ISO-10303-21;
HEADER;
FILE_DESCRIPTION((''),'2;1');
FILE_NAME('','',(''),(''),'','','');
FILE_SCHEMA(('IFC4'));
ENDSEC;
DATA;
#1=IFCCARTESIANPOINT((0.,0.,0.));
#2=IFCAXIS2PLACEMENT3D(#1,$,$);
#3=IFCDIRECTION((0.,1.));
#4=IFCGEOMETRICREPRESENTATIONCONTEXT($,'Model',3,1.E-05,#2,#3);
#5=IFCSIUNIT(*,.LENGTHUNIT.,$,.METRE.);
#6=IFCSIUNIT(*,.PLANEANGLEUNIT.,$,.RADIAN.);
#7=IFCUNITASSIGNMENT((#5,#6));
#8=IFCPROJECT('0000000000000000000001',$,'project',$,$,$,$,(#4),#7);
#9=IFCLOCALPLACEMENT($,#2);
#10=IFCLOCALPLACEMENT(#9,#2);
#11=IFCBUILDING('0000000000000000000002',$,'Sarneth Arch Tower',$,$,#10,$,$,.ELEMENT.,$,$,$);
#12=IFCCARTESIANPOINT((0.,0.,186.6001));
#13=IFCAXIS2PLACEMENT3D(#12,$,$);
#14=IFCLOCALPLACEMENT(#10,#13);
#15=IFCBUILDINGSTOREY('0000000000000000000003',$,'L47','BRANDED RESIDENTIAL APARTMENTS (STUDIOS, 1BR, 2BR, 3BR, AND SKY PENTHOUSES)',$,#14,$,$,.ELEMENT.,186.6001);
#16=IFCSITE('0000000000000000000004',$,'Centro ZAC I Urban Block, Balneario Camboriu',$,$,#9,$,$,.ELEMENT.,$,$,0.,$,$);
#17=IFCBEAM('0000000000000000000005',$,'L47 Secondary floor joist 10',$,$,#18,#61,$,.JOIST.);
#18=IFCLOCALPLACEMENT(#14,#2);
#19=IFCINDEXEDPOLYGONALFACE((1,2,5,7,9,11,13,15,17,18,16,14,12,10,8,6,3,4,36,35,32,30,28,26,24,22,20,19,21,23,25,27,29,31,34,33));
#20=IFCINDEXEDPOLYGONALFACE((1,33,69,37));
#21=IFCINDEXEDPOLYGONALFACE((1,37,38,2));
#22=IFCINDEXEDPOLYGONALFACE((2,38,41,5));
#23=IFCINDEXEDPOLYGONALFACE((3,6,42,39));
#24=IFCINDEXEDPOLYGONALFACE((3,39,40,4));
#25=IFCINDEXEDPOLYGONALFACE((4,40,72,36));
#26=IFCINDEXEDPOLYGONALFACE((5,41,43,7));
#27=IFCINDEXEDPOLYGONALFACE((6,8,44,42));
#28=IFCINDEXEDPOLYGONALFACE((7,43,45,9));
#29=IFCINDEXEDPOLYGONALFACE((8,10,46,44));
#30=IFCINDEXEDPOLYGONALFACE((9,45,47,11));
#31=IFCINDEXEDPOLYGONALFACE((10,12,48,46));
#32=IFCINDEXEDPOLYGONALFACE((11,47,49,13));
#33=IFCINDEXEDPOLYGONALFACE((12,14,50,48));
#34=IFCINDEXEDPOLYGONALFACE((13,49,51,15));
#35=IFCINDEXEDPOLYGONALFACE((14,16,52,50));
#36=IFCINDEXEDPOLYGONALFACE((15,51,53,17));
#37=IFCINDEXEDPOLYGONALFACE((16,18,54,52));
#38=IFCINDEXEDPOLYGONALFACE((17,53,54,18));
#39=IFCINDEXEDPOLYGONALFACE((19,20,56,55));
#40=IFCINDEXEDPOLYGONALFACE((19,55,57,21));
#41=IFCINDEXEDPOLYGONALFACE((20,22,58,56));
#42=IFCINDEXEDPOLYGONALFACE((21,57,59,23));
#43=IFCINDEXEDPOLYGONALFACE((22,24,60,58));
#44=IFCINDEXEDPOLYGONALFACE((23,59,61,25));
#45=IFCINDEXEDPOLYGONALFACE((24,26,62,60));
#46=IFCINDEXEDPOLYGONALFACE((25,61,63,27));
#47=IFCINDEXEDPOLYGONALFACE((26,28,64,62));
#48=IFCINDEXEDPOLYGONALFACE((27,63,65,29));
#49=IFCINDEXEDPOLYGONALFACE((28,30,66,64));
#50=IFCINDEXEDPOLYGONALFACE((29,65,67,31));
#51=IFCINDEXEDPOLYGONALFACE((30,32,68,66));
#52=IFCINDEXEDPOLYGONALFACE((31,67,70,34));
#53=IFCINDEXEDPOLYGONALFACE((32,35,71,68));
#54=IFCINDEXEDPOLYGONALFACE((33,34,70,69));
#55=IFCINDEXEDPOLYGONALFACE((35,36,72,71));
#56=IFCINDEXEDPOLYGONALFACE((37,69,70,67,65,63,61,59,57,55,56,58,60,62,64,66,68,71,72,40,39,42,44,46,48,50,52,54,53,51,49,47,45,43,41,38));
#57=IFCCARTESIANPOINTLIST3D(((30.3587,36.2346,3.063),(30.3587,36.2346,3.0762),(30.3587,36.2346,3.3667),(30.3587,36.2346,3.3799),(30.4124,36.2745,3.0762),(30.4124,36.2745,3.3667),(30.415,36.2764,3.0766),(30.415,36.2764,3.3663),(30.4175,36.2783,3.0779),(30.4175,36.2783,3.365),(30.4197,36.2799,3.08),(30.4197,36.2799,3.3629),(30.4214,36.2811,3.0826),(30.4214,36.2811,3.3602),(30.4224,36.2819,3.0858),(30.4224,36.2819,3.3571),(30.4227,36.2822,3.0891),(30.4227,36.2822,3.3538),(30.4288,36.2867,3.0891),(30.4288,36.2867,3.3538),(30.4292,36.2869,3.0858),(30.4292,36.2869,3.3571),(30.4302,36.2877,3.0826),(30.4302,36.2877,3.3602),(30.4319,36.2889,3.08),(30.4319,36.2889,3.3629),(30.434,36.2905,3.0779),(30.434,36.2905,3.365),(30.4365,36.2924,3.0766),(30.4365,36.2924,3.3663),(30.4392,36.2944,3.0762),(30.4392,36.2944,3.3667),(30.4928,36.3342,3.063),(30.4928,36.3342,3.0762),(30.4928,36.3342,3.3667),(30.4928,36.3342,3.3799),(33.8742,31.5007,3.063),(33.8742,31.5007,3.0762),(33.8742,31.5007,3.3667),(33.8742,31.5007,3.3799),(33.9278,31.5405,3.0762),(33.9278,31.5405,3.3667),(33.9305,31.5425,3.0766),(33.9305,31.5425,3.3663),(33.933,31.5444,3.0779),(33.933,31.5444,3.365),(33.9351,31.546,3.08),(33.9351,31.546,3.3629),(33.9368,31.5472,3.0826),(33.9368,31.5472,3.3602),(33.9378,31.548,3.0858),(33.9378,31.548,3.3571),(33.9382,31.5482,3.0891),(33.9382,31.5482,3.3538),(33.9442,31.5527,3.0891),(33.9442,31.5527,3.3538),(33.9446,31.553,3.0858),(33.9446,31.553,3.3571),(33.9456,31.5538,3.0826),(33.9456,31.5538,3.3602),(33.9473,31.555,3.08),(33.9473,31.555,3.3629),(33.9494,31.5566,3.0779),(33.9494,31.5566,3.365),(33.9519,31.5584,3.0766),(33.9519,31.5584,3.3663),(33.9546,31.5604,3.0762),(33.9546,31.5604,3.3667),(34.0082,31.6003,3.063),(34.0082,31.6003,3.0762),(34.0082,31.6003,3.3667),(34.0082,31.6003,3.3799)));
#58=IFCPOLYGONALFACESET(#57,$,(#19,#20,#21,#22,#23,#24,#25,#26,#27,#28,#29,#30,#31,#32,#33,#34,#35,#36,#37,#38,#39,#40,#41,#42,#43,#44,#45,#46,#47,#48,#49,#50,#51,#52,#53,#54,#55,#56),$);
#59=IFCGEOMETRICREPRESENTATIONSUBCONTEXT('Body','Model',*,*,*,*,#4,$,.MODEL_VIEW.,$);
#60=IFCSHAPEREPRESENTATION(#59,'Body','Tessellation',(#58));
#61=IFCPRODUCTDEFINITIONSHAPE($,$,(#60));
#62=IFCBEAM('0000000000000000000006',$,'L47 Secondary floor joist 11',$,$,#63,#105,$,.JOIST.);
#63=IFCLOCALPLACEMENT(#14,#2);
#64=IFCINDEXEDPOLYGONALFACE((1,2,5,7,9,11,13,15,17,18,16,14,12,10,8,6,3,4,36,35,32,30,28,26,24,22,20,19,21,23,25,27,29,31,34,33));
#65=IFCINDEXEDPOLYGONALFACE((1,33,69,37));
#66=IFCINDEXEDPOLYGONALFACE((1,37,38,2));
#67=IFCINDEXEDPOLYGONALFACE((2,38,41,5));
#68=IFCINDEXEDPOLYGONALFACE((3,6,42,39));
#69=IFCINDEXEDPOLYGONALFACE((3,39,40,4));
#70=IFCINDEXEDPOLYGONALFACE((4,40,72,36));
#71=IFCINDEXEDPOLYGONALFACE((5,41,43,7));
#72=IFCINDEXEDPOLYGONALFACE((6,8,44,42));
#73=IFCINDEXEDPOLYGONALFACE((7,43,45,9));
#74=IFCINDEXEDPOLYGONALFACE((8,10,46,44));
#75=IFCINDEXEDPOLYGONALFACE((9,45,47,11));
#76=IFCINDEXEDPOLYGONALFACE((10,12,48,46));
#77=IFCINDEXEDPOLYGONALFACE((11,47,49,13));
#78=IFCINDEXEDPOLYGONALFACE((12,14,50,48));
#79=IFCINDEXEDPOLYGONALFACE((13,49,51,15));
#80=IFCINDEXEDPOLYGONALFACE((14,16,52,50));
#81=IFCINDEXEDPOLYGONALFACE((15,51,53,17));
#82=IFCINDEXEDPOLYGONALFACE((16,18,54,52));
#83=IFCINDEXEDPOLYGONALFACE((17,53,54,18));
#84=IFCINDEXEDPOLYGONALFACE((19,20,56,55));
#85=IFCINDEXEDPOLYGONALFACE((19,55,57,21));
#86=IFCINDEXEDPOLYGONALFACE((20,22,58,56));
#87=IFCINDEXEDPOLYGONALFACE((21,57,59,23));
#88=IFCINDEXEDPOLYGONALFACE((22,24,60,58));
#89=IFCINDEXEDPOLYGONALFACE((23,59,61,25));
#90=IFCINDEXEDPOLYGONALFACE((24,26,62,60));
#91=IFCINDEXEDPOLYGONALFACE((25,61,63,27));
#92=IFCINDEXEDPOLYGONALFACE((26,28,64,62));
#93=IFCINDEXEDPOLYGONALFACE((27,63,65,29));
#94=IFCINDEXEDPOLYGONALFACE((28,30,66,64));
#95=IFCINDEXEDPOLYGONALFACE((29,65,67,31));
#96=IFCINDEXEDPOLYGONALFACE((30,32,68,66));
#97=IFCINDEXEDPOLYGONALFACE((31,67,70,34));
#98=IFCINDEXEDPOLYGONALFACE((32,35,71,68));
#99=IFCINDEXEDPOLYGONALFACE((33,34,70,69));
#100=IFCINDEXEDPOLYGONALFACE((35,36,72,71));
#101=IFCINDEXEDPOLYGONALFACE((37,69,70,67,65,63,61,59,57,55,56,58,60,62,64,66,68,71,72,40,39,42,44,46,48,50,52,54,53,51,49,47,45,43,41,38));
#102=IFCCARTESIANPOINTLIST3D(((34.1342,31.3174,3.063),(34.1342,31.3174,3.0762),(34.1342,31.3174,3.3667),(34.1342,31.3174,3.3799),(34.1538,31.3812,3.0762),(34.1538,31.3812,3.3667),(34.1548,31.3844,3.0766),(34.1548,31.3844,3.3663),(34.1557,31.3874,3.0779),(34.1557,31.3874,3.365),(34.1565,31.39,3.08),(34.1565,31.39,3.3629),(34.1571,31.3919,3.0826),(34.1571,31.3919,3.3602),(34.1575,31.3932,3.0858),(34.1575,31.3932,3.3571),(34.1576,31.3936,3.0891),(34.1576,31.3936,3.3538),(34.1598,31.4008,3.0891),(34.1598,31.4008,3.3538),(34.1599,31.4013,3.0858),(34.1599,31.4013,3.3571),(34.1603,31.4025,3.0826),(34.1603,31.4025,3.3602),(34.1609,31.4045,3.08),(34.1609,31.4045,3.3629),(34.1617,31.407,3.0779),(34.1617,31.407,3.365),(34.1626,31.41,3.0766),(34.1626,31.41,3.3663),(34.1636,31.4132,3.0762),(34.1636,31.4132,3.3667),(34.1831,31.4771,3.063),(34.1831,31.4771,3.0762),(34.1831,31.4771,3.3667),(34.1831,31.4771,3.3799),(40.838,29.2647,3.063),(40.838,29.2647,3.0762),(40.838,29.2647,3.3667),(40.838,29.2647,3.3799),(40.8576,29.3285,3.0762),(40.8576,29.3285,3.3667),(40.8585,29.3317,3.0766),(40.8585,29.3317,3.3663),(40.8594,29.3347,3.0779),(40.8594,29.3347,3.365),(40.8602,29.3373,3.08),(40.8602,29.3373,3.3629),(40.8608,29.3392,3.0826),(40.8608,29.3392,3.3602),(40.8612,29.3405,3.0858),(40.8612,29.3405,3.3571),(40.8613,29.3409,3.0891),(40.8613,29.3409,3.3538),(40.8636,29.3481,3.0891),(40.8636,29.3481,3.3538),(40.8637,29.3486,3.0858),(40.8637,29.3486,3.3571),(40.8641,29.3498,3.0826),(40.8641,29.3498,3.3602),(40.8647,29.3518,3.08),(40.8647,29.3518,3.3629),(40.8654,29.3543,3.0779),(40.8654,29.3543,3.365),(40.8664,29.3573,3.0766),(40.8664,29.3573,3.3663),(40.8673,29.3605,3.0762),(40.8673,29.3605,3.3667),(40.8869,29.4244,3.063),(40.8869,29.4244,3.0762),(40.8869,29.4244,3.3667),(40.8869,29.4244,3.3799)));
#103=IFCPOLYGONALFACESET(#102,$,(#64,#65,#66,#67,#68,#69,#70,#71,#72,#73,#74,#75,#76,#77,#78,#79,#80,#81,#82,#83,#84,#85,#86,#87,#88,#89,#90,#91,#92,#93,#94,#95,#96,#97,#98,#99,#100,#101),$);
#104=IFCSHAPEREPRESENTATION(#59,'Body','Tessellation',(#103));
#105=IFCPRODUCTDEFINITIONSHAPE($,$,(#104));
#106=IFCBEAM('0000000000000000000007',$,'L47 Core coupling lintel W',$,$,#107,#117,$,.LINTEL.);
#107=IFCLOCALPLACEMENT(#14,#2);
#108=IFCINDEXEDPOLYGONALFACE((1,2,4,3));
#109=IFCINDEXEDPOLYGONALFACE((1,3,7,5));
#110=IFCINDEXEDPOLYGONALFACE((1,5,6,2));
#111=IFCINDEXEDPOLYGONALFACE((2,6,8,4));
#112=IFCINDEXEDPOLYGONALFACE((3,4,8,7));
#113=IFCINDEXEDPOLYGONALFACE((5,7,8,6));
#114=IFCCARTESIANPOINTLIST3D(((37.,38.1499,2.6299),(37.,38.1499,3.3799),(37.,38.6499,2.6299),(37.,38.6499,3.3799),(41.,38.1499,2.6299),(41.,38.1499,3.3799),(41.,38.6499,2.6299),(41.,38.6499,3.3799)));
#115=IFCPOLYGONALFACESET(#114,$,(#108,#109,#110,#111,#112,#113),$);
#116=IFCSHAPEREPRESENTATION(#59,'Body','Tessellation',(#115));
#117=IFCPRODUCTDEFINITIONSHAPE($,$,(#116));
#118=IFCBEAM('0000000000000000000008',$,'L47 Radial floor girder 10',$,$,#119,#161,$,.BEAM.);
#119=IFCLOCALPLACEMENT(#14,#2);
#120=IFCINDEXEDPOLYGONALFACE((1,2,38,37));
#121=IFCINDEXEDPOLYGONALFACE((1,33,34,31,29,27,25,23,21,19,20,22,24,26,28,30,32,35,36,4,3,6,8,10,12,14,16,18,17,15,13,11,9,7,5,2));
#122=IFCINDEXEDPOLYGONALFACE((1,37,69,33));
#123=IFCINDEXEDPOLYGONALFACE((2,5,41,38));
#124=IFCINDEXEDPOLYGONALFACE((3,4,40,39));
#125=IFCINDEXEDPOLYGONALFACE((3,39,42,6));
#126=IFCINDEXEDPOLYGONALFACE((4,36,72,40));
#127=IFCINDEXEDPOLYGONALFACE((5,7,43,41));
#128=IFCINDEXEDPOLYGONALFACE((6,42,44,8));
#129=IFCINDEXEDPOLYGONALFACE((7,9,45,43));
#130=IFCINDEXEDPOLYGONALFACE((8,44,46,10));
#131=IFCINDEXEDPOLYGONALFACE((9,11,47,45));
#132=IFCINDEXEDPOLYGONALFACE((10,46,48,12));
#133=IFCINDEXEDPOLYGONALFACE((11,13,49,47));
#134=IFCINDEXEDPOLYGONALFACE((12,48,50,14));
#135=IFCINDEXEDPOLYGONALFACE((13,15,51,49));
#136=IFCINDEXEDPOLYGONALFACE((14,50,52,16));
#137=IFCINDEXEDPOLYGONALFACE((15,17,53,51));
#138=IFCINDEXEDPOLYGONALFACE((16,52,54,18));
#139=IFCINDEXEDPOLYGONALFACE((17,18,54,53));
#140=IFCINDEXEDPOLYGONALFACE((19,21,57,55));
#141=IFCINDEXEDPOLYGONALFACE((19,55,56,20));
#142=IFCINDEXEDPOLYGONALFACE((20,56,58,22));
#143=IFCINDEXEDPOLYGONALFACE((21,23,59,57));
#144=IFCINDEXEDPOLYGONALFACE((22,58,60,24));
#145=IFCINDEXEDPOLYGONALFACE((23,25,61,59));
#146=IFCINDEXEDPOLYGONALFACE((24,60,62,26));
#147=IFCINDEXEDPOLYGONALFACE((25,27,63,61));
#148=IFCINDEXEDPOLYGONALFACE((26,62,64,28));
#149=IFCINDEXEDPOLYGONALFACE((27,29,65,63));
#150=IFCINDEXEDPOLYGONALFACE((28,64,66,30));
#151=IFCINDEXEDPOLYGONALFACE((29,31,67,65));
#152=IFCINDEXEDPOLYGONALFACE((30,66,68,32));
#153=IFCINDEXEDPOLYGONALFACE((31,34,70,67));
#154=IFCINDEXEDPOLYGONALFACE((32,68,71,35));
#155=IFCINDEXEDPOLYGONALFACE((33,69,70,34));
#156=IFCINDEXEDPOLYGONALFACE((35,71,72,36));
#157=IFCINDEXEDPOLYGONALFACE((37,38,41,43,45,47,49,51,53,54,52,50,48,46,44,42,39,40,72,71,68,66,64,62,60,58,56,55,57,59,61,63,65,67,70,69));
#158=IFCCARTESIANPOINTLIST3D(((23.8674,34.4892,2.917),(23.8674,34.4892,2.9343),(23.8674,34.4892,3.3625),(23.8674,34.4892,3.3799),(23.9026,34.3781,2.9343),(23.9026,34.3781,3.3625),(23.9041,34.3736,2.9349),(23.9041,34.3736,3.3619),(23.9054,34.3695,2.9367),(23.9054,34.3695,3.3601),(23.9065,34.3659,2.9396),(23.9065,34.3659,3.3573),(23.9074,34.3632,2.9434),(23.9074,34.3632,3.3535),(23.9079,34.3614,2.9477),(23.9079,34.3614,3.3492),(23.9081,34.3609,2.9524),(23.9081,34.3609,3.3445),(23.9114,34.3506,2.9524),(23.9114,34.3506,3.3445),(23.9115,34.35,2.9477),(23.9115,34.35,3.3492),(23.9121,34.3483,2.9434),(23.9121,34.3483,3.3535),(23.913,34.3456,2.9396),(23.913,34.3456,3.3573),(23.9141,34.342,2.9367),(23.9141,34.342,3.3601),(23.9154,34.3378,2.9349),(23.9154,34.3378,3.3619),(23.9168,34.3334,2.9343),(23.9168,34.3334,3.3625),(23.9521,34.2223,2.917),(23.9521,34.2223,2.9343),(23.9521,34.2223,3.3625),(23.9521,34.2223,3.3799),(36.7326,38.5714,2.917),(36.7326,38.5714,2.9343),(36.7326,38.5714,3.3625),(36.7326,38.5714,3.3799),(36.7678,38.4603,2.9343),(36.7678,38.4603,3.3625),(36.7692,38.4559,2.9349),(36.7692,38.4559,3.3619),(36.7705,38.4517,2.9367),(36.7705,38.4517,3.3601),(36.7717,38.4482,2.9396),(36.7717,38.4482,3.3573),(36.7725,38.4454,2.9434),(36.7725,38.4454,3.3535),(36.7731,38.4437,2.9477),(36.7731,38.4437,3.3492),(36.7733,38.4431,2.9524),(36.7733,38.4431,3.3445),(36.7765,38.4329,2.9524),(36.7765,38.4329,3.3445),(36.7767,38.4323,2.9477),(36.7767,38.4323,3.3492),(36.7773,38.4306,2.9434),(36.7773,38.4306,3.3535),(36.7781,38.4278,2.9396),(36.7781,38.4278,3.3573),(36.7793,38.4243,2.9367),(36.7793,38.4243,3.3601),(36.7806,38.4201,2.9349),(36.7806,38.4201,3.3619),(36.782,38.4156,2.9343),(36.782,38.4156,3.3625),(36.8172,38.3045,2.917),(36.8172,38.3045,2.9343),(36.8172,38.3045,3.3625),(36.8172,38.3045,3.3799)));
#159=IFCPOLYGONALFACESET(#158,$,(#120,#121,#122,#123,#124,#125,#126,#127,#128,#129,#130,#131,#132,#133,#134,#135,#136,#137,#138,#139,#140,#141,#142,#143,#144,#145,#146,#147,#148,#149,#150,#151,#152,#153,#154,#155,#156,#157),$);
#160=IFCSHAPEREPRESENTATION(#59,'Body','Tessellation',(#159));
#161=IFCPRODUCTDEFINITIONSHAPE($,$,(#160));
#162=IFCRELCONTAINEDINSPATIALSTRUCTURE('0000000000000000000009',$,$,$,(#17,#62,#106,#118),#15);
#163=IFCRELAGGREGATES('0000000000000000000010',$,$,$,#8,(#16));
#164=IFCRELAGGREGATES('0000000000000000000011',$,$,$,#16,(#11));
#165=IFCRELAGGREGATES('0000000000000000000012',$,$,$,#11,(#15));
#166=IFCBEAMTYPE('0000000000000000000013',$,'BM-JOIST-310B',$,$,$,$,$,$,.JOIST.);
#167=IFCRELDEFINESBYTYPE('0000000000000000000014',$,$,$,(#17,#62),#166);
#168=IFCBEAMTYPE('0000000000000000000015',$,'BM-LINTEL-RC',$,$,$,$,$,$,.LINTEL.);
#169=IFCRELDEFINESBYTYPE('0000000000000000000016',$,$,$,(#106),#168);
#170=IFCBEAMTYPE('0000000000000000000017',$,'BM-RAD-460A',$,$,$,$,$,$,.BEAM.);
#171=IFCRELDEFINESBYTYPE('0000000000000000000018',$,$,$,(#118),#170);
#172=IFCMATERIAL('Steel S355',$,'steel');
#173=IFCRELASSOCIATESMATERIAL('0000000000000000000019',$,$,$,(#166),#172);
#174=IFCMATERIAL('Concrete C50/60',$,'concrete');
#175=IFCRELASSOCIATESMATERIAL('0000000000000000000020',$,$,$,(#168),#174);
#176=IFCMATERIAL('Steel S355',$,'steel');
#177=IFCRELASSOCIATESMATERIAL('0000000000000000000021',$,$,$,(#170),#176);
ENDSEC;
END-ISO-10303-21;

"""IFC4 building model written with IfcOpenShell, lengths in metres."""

from ifc_helpers import new_model, si_unit, direction, frame, origin, origin_2d, place, context, subcontext, project, spatial, rectangle, i_section, extrude, material, material_profile, profile_set, type_object, element, save


model = new_model("IFC4")

# Units and contexts
model_context = context("Model", 3, precision=1e-05, world=origin(), true_north=direction((0.0, 1.0)))
body_context = subcontext(model_context, "Body", "Model", "MODEL_VIEW")
ifc_project = project(units=[si_unit("LENGTHUNIT", "METRE"), si_unit("PLANEANGLEUNIT", "RADIAN")], contexts=[model_context])

# Site, building, storey
site_placement = place(None, origin())
site = spatial("IfcSite", under=ifc_project, at=site_placement, Name="Centro ZAC I Urban Block, Balneario Camboriu", CompositionType="ELEMENT", RefElevation=0.0)
building_placement = place(site_placement, origin())
building = spatial("IfcBuilding", under=site, at=building_placement, Name="Sarneth Arch Tower", CompositionType="ELEMENT")
storey_placement = place(building_placement, frame((0.0, 0.0, 186.6001)))
storey = spatial("IfcBuildingStorey", under=building, at=storey_placement, Name="L47", Description="BRANDED RESIDENTIAL APARTMENTS (STUDIOS, 1BR, 2BR, 3BR, AND SKY PENTHOUSES)", CompositionType="ELEMENT", Elevation=186.6001)

# Beams
ifc_material_1 = material(Name="Steel S355", Category="steel")
ifc_material_profile_1 = material_profile(ifc_material_1, i_section(OverallWidth=0.167, OverallDepth=0.3169, WebThickness=0.0076, FlangeThickness=0.0132, FilletRadius=0.0129, at=origin_2d()), Name="W310x52")
ifc_profile_set_1 = profile_set([ifc_material_profile_1], Name="Steel S355")
beam_type_1 = type_object("IfcBeamType", Name="BM-JOIST-310B", PredefinedType="JOIST", material=ifc_profile_set_1)
beam_1_placement = place(storey_placement, frame((30.4258, 36.2844, 3.2214), z_axis=(0.596191, -0.802843, 0.0), x_axis=(0.802843, 0.596191, 0.0)))
element("IfcBeam", 1, at=beam_1_placement, inside=storey, type_object=beam_type_1, Name="L47 Secondary floor joist 10", PredefinedType="JOIST", context=body_context, shape_type="SweptSolid", body=[
    extrude(i_section(OverallWidth=0.167, OverallDepth=0.3169, WebThickness=0.0076, FlangeThickness=0.0132, FilletRadius=0.0129, at=origin_2d()), origin(), (0.0, 0.0, 1.0), 5.8965),
])
beam_2_placement = place(storey_placement, frame((34.1587, 31.3972, 3.2214), z_axis=(0.956179, -0.292784, 0.0), x_axis=(0.292784, 0.956179, 0.0)))
element("IfcBeam", 2, at=beam_2_placement, inside=storey, type_object=beam_type_1, Name="L47 Secondary floor joist 11", PredefinedType="JOIST", context=body_context, shape_type="SweptSolid", body=[
    extrude(i_section(OverallWidth=0.167, OverallDepth=0.3169, WebThickness=0.0076, FlangeThickness=0.0132, FilletRadius=0.0129, at=origin_2d()), origin(), (0.0, 0.0, 1.0), 7.011),
])
ifc_material_2 = material(Name="Concrete C50/60", Category="concrete")
ifc_material_profile_2 = material_profile(ifc_material_2, rectangle(XDim=0.5, YDim=0.75, at=origin_2d()), Name="RC-500x750")
ifc_profile_set_2 = profile_set([ifc_material_profile_2], Name="Concrete C50/60")
beam_type_2 = type_object("IfcBeamType", Name="BM-LINTEL-RC", PredefinedType="LINTEL", material=ifc_profile_set_2)
beam_3_placement = place(storey_placement, frame((37.0, 38.3999, 3.0049), z_axis=(1.0, 0.0, 0.0), x_axis=(0.0, 1.0, 0.0)))
element("IfcBeam", 3, at=beam_3_placement, inside=storey, type_object=beam_type_2, Name="L47 Core coupling lintel W", PredefinedType="LINTEL", context=body_context, shape_type="SweptSolid", body=[
    extrude(rectangle(XDim=0.5, YDim=0.75, at=origin_2d()), origin(), (0.0, 0.0, 1.0), 4.0),
])
ifc_material_3 = material(Name="Steel S355", Category="steel")
ifc_material_profile_3 = material_profile(ifc_material_3, i_section(OverallWidth=0.28, OverallDepth=0.4629, WebThickness=0.0107, FlangeThickness=0.0173, FilletRadius=0.0181, at=origin_2d()), Name="W460x113")
ifc_profile_set_3 = profile_set([ifc_material_profile_3], Name="Steel S355")
beam_type_3 = type_object("IfcBeamType", Name="BM-RAD-460A", PredefinedType="BEAM", material=ifc_profile_set_3)
beam_4_placement = place(storey_placement, frame((36.7749, 38.438, 3.1484), z_axis=(-0.953165, -0.302449, 0.0), x_axis=(0.302449, -0.953165, 0.0)))
element("IfcBeam", 4, at=beam_4_placement, inside=storey, type_object=beam_type_3, Name="L47 Radial floor girder 10", PredefinedType="BEAM", context=body_context, shape_type="SweptSolid", body=[
    extrude(i_section(OverallWidth=0.28, OverallDepth=0.4629, WebThickness=0.0107, FlangeThickness=0.0173, FilletRadius=0.0181, at=origin_2d()), origin(), (0.0, 0.0, 1.0), 13.4973),
])

save(model, "model.ifc")
